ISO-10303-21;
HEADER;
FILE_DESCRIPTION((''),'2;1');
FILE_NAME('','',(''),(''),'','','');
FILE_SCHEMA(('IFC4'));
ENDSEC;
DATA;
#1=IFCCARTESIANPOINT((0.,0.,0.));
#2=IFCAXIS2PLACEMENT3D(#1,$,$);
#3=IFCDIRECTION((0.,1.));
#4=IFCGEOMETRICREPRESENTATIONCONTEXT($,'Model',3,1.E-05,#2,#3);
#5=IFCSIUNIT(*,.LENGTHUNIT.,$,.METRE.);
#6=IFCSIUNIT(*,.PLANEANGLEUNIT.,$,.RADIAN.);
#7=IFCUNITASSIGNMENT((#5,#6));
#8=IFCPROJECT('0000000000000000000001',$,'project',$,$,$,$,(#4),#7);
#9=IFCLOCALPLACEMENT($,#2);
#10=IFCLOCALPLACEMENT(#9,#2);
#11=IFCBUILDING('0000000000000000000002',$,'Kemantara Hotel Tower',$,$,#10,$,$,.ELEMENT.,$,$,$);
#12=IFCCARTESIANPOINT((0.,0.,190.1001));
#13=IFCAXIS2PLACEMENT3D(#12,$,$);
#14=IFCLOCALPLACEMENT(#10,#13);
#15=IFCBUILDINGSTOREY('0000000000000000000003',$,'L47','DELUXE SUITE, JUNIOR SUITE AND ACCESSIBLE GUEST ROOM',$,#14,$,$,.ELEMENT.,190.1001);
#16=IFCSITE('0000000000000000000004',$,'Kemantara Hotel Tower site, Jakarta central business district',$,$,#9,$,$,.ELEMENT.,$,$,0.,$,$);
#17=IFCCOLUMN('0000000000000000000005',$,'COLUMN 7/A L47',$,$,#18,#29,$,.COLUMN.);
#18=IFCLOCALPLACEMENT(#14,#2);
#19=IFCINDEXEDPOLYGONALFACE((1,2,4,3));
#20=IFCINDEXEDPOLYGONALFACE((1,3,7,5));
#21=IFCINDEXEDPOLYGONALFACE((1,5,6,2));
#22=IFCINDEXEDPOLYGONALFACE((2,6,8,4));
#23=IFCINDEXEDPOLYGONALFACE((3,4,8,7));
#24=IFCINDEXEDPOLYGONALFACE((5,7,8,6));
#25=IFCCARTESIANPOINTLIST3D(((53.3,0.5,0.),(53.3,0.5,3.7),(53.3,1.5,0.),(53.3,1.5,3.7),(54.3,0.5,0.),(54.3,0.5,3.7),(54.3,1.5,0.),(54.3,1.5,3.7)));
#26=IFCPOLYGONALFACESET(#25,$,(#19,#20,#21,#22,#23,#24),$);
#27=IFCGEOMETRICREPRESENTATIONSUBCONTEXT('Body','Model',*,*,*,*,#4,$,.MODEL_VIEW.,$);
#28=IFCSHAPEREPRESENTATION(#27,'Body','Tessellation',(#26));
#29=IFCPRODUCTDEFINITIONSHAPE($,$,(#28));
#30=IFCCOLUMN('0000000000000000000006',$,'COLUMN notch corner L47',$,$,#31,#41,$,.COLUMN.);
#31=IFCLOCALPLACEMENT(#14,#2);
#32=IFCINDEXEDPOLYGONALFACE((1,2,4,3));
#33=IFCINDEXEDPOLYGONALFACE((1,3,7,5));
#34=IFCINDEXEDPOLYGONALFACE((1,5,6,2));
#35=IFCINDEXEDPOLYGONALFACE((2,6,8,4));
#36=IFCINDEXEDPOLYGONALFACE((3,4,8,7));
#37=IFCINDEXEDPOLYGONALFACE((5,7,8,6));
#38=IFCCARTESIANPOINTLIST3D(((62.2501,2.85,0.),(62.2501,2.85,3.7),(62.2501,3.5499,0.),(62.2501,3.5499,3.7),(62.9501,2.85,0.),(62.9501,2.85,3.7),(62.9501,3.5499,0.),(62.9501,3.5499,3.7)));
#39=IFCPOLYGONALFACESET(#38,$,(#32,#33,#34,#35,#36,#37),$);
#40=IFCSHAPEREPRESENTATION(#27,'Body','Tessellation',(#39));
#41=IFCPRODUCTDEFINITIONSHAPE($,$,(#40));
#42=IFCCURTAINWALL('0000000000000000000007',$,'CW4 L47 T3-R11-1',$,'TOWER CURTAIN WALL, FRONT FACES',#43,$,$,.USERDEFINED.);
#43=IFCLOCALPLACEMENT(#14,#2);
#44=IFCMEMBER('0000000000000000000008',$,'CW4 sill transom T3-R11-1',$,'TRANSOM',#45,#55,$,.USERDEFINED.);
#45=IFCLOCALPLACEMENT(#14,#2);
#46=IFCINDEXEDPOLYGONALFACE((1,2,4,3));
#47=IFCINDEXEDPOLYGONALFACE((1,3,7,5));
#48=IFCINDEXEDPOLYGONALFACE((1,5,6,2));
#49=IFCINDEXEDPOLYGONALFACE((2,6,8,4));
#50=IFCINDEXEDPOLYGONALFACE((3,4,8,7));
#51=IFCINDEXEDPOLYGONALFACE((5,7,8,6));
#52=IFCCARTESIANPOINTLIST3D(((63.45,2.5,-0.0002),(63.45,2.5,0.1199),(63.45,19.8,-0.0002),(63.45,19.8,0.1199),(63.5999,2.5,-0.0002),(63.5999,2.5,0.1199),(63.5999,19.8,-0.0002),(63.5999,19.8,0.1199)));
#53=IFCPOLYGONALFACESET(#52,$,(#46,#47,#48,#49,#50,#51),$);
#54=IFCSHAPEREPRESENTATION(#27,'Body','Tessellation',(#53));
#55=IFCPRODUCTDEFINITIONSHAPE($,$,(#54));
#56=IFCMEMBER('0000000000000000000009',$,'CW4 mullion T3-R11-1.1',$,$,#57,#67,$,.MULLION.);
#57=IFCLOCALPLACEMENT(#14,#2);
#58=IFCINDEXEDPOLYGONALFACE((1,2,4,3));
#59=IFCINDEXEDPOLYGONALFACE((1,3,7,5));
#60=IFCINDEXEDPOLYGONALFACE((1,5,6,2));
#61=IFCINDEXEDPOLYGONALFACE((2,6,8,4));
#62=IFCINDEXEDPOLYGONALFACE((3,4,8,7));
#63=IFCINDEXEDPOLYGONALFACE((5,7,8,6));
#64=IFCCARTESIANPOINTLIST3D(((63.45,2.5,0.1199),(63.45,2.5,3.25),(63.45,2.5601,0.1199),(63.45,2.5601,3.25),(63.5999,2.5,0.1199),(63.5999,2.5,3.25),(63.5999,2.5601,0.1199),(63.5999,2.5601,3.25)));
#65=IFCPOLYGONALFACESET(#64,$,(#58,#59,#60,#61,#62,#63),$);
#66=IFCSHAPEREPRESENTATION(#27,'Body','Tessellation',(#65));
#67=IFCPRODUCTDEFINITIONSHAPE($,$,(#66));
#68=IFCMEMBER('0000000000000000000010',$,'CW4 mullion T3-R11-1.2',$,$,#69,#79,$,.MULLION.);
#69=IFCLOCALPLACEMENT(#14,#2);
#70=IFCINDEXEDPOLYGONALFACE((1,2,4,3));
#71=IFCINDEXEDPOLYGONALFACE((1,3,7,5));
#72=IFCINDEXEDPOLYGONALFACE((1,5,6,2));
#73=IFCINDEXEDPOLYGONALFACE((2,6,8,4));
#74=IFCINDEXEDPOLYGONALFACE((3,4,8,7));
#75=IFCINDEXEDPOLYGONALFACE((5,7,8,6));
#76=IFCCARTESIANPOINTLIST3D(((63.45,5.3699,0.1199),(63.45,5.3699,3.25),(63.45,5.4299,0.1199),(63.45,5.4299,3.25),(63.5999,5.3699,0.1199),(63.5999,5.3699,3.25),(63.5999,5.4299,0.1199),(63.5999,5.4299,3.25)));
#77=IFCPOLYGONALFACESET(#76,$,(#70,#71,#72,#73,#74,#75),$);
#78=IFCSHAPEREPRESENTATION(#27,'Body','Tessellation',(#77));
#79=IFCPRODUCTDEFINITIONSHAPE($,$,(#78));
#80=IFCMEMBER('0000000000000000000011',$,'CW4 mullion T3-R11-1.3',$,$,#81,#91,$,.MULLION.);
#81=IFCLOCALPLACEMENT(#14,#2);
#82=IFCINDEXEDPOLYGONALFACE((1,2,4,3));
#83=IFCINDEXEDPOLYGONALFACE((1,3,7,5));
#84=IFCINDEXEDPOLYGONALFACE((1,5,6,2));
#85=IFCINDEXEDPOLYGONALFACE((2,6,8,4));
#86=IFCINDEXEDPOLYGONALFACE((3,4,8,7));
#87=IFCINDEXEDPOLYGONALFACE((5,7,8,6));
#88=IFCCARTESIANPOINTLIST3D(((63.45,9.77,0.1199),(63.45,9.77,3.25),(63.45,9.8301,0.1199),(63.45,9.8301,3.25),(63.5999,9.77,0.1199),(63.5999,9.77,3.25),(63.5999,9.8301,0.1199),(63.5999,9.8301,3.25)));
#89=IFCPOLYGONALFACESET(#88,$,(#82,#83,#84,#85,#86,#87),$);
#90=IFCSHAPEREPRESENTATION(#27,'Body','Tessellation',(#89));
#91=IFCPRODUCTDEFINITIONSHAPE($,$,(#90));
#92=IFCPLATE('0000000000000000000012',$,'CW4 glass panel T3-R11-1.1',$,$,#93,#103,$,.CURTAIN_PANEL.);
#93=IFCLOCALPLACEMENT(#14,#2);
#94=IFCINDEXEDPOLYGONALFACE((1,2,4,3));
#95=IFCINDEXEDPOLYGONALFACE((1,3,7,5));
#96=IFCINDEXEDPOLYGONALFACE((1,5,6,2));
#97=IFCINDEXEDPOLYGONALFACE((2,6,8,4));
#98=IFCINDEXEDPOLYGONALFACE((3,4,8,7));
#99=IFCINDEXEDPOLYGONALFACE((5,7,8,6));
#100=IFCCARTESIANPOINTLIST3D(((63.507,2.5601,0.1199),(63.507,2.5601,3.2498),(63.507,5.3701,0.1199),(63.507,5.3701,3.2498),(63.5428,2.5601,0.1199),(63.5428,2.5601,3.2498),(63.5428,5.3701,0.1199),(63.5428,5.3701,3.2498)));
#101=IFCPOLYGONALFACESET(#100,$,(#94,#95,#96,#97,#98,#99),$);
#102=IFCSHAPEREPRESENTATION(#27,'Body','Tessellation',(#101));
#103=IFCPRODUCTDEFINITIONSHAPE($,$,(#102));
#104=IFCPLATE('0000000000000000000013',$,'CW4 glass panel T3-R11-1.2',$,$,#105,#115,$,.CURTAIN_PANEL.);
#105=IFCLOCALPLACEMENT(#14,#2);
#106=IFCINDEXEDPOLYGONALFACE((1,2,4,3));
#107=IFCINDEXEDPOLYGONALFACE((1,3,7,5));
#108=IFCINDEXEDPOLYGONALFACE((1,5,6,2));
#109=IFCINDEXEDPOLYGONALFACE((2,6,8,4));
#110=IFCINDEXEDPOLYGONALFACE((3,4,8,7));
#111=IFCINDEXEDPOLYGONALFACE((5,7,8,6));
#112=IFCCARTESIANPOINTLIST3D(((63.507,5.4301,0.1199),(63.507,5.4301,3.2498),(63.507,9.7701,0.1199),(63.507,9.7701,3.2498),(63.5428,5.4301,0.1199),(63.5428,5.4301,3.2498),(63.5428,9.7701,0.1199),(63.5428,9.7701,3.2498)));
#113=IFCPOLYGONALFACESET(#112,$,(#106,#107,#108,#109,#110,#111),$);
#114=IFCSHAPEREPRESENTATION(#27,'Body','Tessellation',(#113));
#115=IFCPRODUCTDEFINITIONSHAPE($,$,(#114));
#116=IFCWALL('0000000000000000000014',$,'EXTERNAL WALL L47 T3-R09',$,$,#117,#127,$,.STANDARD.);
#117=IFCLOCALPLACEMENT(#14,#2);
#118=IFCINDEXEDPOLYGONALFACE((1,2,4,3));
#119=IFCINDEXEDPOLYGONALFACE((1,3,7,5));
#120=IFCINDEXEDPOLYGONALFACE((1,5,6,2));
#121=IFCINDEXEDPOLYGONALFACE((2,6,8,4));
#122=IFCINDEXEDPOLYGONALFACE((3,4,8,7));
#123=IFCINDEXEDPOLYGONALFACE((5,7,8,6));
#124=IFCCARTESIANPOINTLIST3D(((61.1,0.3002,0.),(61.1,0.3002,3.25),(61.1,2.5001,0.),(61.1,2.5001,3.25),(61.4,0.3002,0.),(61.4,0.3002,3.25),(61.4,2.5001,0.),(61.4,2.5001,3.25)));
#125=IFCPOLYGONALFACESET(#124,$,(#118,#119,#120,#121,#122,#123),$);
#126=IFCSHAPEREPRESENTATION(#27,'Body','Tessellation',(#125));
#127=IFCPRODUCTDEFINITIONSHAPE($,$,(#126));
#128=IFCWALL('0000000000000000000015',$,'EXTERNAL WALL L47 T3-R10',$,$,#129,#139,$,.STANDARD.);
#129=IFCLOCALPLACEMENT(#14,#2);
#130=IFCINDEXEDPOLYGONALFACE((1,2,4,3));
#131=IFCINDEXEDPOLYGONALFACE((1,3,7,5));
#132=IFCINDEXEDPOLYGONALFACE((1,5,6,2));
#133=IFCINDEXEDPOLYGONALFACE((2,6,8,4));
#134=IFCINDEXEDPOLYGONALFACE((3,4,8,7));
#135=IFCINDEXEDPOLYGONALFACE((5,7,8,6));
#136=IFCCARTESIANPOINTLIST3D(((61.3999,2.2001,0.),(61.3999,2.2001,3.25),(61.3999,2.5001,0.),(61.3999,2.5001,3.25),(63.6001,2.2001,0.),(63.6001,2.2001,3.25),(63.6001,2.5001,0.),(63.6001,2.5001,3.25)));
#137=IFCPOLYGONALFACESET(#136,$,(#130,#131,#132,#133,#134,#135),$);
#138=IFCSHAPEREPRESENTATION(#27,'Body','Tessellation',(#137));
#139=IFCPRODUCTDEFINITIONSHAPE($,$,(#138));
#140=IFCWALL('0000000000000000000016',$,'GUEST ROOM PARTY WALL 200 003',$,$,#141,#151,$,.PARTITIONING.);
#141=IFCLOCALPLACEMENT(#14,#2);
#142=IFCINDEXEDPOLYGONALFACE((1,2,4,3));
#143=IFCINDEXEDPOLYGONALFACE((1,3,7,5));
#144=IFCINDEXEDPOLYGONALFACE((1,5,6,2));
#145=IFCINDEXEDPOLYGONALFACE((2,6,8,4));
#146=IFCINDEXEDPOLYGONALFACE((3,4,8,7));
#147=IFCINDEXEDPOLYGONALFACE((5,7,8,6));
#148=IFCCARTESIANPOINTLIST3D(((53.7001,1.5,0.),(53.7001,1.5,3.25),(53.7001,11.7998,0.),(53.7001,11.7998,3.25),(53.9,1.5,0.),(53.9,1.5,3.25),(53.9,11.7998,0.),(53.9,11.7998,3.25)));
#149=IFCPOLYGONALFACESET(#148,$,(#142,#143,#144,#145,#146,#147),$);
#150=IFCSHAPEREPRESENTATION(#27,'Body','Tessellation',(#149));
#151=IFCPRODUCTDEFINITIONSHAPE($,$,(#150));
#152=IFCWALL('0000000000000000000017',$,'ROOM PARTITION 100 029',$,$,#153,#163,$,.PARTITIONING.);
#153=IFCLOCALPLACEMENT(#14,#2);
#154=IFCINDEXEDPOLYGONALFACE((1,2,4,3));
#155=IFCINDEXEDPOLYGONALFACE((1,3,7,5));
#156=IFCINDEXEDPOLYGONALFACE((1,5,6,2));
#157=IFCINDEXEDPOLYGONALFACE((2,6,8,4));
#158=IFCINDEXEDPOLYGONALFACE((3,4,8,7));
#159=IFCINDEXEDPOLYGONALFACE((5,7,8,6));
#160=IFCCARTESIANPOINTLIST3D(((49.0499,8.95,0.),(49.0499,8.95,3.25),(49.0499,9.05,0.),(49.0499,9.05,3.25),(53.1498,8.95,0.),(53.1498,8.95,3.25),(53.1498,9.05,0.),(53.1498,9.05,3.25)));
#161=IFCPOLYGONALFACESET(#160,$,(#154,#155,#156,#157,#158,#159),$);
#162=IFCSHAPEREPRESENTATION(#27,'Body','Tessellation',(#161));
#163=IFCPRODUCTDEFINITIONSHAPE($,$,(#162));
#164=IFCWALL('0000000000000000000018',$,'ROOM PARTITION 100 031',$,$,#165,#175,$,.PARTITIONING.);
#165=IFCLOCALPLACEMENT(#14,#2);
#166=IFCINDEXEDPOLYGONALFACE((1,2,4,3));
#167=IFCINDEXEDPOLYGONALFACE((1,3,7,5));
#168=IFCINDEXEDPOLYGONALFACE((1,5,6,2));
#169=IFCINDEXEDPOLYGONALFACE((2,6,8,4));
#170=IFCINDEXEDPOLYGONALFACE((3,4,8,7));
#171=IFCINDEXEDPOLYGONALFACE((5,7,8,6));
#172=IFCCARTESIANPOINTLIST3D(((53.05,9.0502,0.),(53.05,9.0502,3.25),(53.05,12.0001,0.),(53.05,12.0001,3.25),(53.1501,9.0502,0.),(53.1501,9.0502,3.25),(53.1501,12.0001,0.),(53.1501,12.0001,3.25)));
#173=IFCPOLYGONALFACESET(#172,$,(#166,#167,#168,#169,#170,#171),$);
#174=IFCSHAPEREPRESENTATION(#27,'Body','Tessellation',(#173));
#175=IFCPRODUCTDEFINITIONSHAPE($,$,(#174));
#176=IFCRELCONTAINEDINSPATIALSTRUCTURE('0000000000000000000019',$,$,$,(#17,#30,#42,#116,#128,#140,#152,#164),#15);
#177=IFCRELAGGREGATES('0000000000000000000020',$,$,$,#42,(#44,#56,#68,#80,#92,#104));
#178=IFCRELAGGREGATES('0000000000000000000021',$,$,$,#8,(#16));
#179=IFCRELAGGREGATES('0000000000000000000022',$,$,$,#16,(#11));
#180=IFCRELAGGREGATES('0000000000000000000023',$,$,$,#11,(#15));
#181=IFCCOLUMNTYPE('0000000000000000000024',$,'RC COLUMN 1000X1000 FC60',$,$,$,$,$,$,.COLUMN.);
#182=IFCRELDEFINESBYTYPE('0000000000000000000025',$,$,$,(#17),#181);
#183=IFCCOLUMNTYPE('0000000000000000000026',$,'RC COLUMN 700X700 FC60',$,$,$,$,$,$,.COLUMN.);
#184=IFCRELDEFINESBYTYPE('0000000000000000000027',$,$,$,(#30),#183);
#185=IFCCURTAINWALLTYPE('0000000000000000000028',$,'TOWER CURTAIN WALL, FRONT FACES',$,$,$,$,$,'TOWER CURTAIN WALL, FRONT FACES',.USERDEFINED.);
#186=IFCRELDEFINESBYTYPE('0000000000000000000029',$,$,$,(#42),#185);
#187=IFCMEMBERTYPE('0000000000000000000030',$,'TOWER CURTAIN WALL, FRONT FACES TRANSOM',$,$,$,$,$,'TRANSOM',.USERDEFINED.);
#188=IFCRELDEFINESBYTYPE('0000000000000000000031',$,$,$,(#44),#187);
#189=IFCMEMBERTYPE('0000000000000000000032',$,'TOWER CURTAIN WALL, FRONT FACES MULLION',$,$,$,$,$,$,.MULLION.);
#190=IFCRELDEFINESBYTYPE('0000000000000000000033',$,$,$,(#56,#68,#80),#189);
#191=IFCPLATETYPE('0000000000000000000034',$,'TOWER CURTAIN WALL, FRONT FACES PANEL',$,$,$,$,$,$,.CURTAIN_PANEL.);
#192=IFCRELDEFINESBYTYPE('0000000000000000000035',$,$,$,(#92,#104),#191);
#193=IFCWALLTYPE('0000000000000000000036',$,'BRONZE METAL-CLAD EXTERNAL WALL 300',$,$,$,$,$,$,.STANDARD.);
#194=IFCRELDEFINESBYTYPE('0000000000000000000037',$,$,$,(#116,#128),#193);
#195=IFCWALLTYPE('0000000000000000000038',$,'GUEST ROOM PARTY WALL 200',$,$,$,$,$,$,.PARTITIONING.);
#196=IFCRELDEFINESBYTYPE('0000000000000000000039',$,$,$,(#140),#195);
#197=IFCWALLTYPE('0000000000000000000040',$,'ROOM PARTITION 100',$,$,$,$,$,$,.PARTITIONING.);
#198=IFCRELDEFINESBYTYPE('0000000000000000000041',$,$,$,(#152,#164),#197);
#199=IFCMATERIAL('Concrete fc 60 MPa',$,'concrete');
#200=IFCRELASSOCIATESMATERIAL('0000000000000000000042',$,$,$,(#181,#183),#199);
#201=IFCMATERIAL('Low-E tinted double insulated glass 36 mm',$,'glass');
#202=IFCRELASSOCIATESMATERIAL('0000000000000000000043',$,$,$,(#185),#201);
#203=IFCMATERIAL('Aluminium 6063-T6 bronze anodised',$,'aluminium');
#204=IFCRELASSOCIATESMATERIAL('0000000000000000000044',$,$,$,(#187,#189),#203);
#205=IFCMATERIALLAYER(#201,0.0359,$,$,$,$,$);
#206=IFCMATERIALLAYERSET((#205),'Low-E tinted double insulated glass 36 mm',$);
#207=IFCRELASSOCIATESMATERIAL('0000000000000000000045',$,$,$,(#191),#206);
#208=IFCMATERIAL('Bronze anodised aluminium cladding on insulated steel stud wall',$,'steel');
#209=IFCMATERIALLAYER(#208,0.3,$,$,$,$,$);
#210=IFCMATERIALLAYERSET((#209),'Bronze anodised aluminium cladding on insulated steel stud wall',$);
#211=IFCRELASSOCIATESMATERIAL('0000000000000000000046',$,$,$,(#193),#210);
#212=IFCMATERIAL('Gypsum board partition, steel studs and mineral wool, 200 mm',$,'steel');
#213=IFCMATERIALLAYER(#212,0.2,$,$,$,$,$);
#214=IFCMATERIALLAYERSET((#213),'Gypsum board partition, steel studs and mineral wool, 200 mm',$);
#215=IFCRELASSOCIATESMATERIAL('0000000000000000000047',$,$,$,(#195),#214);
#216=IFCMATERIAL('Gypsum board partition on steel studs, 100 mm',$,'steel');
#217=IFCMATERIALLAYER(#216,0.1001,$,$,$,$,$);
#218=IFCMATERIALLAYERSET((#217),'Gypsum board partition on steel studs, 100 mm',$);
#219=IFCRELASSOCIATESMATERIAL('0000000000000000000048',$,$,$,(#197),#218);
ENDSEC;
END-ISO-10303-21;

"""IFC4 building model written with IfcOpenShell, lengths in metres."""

from ifc_helpers import new_model, si_unit, direction, frame, frame_2d, origin, origin_2d, place, context, subcontext, project, spatial, rectangle, extrude, source, transform, mapped, material, layer, layer_set, material_profile, profile_set, type_object, element, aggregate, save


model = new_model("IFC4")

# Units and contexts
model_context = context("Model", 3, precision=1e-05, world=origin(), true_north=direction((0.0, 1.0)))
body_context = subcontext(model_context, "Body", "Model", "MODEL_VIEW")
ifc_project = project(units=[si_unit("LENGTHUNIT", "METRE"), si_unit("PLANEANGLEUNIT", "RADIAN")], contexts=[model_context])

# Site, building, storey
site_placement = place(None, origin())
site = spatial("IfcSite", under=ifc_project, at=site_placement, Name="Kemantara Hotel Tower site, Jakarta central business district", CompositionType="ELEMENT", RefElevation=0.0)
building_placement = place(site_placement, origin())
building = spatial("IfcBuilding", under=site, at=building_placement, Name="Kemantara Hotel Tower", CompositionType="ELEMENT")
storey_placement = place(building_placement, frame((0.0, 0.0, 190.1001)))
storey = spatial("IfcBuildingStorey", under=building, at=storey_placement, Name="L47", Description="DELUXE SUITE, JUNIOR SUITE AND ACCESSIBLE GUEST ROOM", CompositionType="ELEMENT", Elevation=190.1001)

# Columns
ifc_material_1 = material(Name="Concrete fc 60 MPa", Category="concrete")
ifc_material_profile_1 = material_profile(ifc_material_1, rectangle(XDim=1.0, YDim=1.0, at=origin_2d()), Name="RC 1000X1000")
ifc_profile_set_1 = profile_set([ifc_material_profile_1], Name="Concrete fc 60 MPa")
column_type_1 = type_object("IfcColumnType", Name="RC COLUMN 1000X1000 FC60", PredefinedType="COLUMN", material=ifc_profile_set_1)
column_1_placement = place(storey_placement, frame((53.8, 1.0, 0.0), z_axis=(0.0, 0.0, 1.0), x_axis=(1.0, 0.0, 0.0)))
element("IfcColumn", 1, at=column_1_placement, inside=storey, type_object=column_type_1, Name="COLUMN 7/A L47", PredefinedType="COLUMN", context=body_context, shape_type="SweptSolid", body=[
    extrude(rectangle(XDim=1.0, YDim=1.0, at=origin_2d()), origin(), (0.0, 0.0, 1.0), 3.7),
])
ifc_material_profile_2 = material_profile(ifc_material_1, rectangle(XDim=0.7, YDim=0.7, at=origin_2d()), Name="RC 700X700")
ifc_profile_set_2 = profile_set([ifc_material_profile_2], Name="Concrete fc 60 MPa")
column_type_2 = type_object("IfcColumnType", Name="RC COLUMN 700X700 FC60", PredefinedType="COLUMN", material=ifc_profile_set_2)
column_2_placement = place(storey_placement, frame((62.6001, 3.2, 0.0), z_axis=(0.0, 0.0, 1.0), x_axis=(1.0, 0.0, 0.0)))
element("IfcColumn", 2, at=column_2_placement, inside=storey, type_object=column_type_2, Name="COLUMN notch corner L47", PredefinedType="COLUMN", context=body_context, shape_type="SweptSolid", body=[
    extrude(rectangle(XDim=0.7, YDim=0.7, at=origin_2d()), origin(), (0.0, 0.0, 1.0), 3.7),
])

# Curtain wall, members, plates
ifc_material_2 = material(Name="Low-E tinted double insulated glass 36 mm", Category="glass")
curtain_wall_type = type_object("IfcCurtainWallType", Name="TOWER CURTAIN WALL, FRONT FACES", ElementType="TOWER CURTAIN WALL, FRONT FACES", PredefinedType="USERDEFINED", material=ifc_material_2)
curtain_wall_placement = place(storey_placement, origin())
curtain_wall = element("IfcCurtainWall", 3, at=curtain_wall_placement, inside=storey, type_object=curtain_wall_type, Name="CW4 L47 T3-R11-1", ObjectType="TOWER CURTAIN WALL, FRONT FACES", PredefinedType="USERDEFINED")
ifc_material_3 = material(Name="Aluminium 6063-T6 bronze anodised", Category="aluminium")
ifc_material_profile_3 = material_profile(ifc_material_3, rectangle(XDim=0.1499, YDim=0.1201, at=origin_2d()), Name="TOWER CURTAIN WALL, FRONT FACES TRANSOM")
ifc_profile_set_3 = profile_set([ifc_material_profile_3], Name="Aluminium 6063-T6 bronze anodised")
member_type_1 = type_object("IfcMemberType", Name="TOWER CURTAIN WALL, FRONT FACES TRANSOM", ElementType="TRANSOM", PredefinedType="USERDEFINED", material=ifc_profile_set_3)
member_1_placement = place(storey_placement, frame((63.5249, 2.5, 0.0598), z_axis=(0.0, 1.0, 0.0), x_axis=(-1.0, 0.0, 0.0)))
member_1 = element("IfcMember", 4, at=member_1_placement, type_object=member_type_1, Name="CW4 sill transom T3-R11-1", ObjectType="TRANSOM", PredefinedType="USERDEFINED", context=body_context, shape_type="SweptSolid", body=[
    extrude(rectangle(XDim=0.1499, YDim=0.1201, at=origin_2d()), origin(), (0.0, 0.0, 1.0), 17.3),
])
ifc_material_profile_4 = material_profile(ifc_material_3, rectangle(XDim=0.1499, YDim=0.0601, at=origin_2d()), Name="TOWER CURTAIN WALL, FRONT FACES MULLION")
ifc_profile_set_4 = profile_set([ifc_material_profile_4], Name="Aluminium 6063-T6 bronze anodised")
member_type_2 = type_object("IfcMemberType", Name="TOWER CURTAIN WALL, FRONT FACES MULLION", PredefinedType="MULLION", material=ifc_profile_set_4)
shared_shape_1 = source(origin(), body_context, "Body", "SweptSolid", [
    extrude(rectangle(XDim=0.1499, YDim=0.0601, at=origin_2d()), origin(), (0.0, 0.0, 1.0), 3.1301),
])
member_2_placement = place(storey_placement, frame((63.5249, 2.53, 0.1199), z_axis=(0.0, 0.0, 1.0), x_axis=(-1.0, 0.0, 0.0)))
member_2 = element("IfcMember", 5, at=member_2_placement, type_object=member_type_2, Name="CW4 mullion T3-R11-1.1", PredefinedType="MULLION", context=body_context, shape_type="MappedRepresentation", body=[
    mapped(shared_shape_1, transform((0.0, 0.0, 0.0))),
])
member_3_placement = place(storey_placement, frame((63.5249, 5.3999, 0.1199), z_axis=(0.0, 0.0, 1.0), x_axis=(-1.0, 0.0, 0.0)))
member_3 = element("IfcMember", 6, at=member_3_placement, type_object=member_type_2, Name="CW4 mullion T3-R11-1.2", PredefinedType="MULLION", context=body_context, shape_type="MappedRepresentation", body=[
    mapped(shared_shape_1, transform((0.0, 0.0, 0.0))),
])
member_4_placement = place(storey_placement, frame((63.5249, 9.8, 0.1199), z_axis=(0.0, 0.0, 1.0), x_axis=(-1.0, 0.0, 0.0)))
member_4 = element("IfcMember", 7, at=member_4_placement, type_object=member_type_2, Name="CW4 mullion T3-R11-1.3", PredefinedType="MULLION", context=body_context, shape_type="MappedRepresentation", body=[
    mapped(shared_shape_1, transform((0.0, 0.0, 0.0))),
])
ifc_layer_1 = layer(ifc_material_2, 0.0359)
ifc_layer_set_1 = layer_set([ifc_layer_1], Name="Low-E tinted double insulated glass 36 mm")
plate_type = type_object("IfcPlateType", Name="TOWER CURTAIN WALL, FRONT FACES PANEL", PredefinedType="CURTAIN_PANEL", material=ifc_layer_set_1)
shared_shape_2 = source(origin(), body_context, "Body", "SweptSolid", [
    extrude(rectangle(XDim=2.8101, YDim=0.0359, at=origin_2d()), origin(), (0.0, 0.0, 1.0), 3.1299),
])
plate_1_placement = place(storey_placement, frame((63.5249, 3.9651, 0.1199), z_axis=(0.0, 0.0, 1.0), x_axis=(0.0, 1.0, 0.0)))
plate_1 = element("IfcPlate", 8, at=plate_1_placement, type_object=plate_type, Name="CW4 glass panel T3-R11-1.1", PredefinedType="CURTAIN_PANEL", context=body_context, shape_type="MappedRepresentation", body=[
    mapped(shared_shape_2, transform((0.0, 0.0, 0.0))),
])
shared_shape_3 = source(origin(), body_context, "Body", "SweptSolid", [
    extrude(rectangle(XDim=4.3401, YDim=0.0359, at=origin_2d()), origin(), (0.0, 0.0, 1.0), 3.1299),
])
plate_2_placement = place(storey_placement, frame((63.5249, 7.6001, 0.1199), z_axis=(0.0, 0.0, 1.0), x_axis=(0.0, 1.0, 0.0)))
plate_2 = element("IfcPlate", 9, at=plate_2_placement, type_object=plate_type, Name="CW4 glass panel T3-R11-1.2", PredefinedType="CURTAIN_PANEL", context=body_context, shape_type="MappedRepresentation", body=[
    mapped(shared_shape_3, transform((0.0, 0.0, 0.0))),
])
aggregate(curtain_wall, [member_1, member_2, member_3, member_4, plate_1, plate_2])

# Walls
ifc_material_4 = material(Name="Bronze anodised aluminium cladding on insulated steel stud wall", Category="steel")
ifc_layer_2 = layer(ifc_material_4, 0.3)
ifc_layer_set_2 = layer_set([ifc_layer_2], Name="Bronze anodised aluminium cladding on insulated steel stud wall")
wall_type_1 = type_object("IfcWallType", Name="BRONZE METAL-CLAD EXTERNAL WALL 300", PredefinedType="STANDARD", material=ifc_layer_set_2)
wall_1_placement = place(storey_placement, frame((61.25, 0.3, 0.0), z_axis=(0.0, 0.0, 1.0), x_axis=(0.0, 1.0, 0.0)))
element("IfcWall", 10, at=wall_1_placement, inside=storey, type_object=wall_type_1, Name="EXTERNAL WALL L47 T3-R09", PredefinedType="STANDARD", context=body_context, shape_type="SweptSolid", body=[
    extrude(rectangle(XDim=2.2, YDim=0.3, at=frame_2d((1.1001, 0.0))), origin(), (0.0, 0.0, 1.0), 3.25),
])
wall_2_placement = place(storey_placement, frame((61.3999, 2.3501, 0.0), z_axis=(0.0, 0.0, 1.0), x_axis=(1.0, 0.0, 0.0)))
element("IfcWall", 11, at=wall_2_placement, inside=storey, type_object=wall_type_1, Name="EXTERNAL WALL L47 T3-R10", PredefinedType="STANDARD", context=body_context, shape_type="SweptSolid", body=[
    extrude(rectangle(XDim=2.2002, YDim=0.3, at=frame_2d((1.1001, 0.0))), origin(), (0.0, 0.0, 1.0), 3.25),
])
ifc_material_5 = material(Name="Gypsum board partition, steel studs and mineral wool, 200 mm", Category="steel")
ifc_layer_3 = layer(ifc_material_5, 0.2)
ifc_layer_set_3 = layer_set([ifc_layer_3], Name="Gypsum board partition, steel studs and mineral wool, 200 mm")
wall_type_2 = type_object("IfcWallType", Name="GUEST ROOM PARTY WALL 200", PredefinedType="PARTITIONING", material=ifc_layer_set_3)
wall_3_placement = place(storey_placement, frame((53.8, 1.5, 0.0), z_axis=(0.0, 0.0, 1.0), x_axis=(0.0, 1.0, 0.0)))
element("IfcWall", 12, at=wall_3_placement, inside=storey, type_object=wall_type_2, Name="GUEST ROOM PARTY WALL 200 003", PredefinedType="PARTITIONING", context=body_context, shape_type="SweptSolid", body=[
    extrude(rectangle(XDim=10.2998, YDim=0.2, at=frame_2d((5.1499, 0.0))), origin(), (0.0, 0.0, 1.0), 3.25),
])
ifc_material_6 = material(Name="Gypsum board partition on steel studs, 100 mm", Category="steel")
ifc_layer_4 = layer(ifc_material_6, 0.1001)
ifc_layer_set_4 = layer_set([ifc_layer_4], Name="Gypsum board partition on steel studs, 100 mm")
wall_type_3 = type_object("IfcWallType", Name="ROOM PARTITION 100", PredefinedType="PARTITIONING", material=ifc_layer_set_4)
wall_4_placement = place(storey_placement, frame((49.05, 9.0, 0.0), z_axis=(0.0, 0.0, 1.0), x_axis=(1.0, 0.0, 0.0)))
element("IfcWall", 13, at=wall_4_placement, inside=storey, type_object=wall_type_3, Name="ROOM PARTITION 100 029", PredefinedType="PARTITIONING", context=body_context, shape_type="SweptSolid", body=[
    extrude(rectangle(XDim=4.0999, YDim=0.1001, at=frame_2d((2.0498, 0.0))), origin(), (0.0, 0.0, 1.0), 3.25),
])
wall_5_placement = place(storey_placement, frame((53.1001, 9.05, 0.0), z_axis=(0.0, 0.0, 1.0), x_axis=(0.0, 1.0, 0.0)))
element("IfcWall", 14, at=wall_5_placement, inside=storey, type_object=wall_type_3, Name="ROOM PARTITION 100 031", PredefinedType="PARTITIONING", context=body_context, shape_type="SweptSolid", body=[
    extrude(rectangle(XDim=2.95, YDim=0.1001, at=frame_2d((1.4751, 0.0))), origin(), (0.0, 0.0, 1.0), 3.25),
])

save(model, "model.ifc")
